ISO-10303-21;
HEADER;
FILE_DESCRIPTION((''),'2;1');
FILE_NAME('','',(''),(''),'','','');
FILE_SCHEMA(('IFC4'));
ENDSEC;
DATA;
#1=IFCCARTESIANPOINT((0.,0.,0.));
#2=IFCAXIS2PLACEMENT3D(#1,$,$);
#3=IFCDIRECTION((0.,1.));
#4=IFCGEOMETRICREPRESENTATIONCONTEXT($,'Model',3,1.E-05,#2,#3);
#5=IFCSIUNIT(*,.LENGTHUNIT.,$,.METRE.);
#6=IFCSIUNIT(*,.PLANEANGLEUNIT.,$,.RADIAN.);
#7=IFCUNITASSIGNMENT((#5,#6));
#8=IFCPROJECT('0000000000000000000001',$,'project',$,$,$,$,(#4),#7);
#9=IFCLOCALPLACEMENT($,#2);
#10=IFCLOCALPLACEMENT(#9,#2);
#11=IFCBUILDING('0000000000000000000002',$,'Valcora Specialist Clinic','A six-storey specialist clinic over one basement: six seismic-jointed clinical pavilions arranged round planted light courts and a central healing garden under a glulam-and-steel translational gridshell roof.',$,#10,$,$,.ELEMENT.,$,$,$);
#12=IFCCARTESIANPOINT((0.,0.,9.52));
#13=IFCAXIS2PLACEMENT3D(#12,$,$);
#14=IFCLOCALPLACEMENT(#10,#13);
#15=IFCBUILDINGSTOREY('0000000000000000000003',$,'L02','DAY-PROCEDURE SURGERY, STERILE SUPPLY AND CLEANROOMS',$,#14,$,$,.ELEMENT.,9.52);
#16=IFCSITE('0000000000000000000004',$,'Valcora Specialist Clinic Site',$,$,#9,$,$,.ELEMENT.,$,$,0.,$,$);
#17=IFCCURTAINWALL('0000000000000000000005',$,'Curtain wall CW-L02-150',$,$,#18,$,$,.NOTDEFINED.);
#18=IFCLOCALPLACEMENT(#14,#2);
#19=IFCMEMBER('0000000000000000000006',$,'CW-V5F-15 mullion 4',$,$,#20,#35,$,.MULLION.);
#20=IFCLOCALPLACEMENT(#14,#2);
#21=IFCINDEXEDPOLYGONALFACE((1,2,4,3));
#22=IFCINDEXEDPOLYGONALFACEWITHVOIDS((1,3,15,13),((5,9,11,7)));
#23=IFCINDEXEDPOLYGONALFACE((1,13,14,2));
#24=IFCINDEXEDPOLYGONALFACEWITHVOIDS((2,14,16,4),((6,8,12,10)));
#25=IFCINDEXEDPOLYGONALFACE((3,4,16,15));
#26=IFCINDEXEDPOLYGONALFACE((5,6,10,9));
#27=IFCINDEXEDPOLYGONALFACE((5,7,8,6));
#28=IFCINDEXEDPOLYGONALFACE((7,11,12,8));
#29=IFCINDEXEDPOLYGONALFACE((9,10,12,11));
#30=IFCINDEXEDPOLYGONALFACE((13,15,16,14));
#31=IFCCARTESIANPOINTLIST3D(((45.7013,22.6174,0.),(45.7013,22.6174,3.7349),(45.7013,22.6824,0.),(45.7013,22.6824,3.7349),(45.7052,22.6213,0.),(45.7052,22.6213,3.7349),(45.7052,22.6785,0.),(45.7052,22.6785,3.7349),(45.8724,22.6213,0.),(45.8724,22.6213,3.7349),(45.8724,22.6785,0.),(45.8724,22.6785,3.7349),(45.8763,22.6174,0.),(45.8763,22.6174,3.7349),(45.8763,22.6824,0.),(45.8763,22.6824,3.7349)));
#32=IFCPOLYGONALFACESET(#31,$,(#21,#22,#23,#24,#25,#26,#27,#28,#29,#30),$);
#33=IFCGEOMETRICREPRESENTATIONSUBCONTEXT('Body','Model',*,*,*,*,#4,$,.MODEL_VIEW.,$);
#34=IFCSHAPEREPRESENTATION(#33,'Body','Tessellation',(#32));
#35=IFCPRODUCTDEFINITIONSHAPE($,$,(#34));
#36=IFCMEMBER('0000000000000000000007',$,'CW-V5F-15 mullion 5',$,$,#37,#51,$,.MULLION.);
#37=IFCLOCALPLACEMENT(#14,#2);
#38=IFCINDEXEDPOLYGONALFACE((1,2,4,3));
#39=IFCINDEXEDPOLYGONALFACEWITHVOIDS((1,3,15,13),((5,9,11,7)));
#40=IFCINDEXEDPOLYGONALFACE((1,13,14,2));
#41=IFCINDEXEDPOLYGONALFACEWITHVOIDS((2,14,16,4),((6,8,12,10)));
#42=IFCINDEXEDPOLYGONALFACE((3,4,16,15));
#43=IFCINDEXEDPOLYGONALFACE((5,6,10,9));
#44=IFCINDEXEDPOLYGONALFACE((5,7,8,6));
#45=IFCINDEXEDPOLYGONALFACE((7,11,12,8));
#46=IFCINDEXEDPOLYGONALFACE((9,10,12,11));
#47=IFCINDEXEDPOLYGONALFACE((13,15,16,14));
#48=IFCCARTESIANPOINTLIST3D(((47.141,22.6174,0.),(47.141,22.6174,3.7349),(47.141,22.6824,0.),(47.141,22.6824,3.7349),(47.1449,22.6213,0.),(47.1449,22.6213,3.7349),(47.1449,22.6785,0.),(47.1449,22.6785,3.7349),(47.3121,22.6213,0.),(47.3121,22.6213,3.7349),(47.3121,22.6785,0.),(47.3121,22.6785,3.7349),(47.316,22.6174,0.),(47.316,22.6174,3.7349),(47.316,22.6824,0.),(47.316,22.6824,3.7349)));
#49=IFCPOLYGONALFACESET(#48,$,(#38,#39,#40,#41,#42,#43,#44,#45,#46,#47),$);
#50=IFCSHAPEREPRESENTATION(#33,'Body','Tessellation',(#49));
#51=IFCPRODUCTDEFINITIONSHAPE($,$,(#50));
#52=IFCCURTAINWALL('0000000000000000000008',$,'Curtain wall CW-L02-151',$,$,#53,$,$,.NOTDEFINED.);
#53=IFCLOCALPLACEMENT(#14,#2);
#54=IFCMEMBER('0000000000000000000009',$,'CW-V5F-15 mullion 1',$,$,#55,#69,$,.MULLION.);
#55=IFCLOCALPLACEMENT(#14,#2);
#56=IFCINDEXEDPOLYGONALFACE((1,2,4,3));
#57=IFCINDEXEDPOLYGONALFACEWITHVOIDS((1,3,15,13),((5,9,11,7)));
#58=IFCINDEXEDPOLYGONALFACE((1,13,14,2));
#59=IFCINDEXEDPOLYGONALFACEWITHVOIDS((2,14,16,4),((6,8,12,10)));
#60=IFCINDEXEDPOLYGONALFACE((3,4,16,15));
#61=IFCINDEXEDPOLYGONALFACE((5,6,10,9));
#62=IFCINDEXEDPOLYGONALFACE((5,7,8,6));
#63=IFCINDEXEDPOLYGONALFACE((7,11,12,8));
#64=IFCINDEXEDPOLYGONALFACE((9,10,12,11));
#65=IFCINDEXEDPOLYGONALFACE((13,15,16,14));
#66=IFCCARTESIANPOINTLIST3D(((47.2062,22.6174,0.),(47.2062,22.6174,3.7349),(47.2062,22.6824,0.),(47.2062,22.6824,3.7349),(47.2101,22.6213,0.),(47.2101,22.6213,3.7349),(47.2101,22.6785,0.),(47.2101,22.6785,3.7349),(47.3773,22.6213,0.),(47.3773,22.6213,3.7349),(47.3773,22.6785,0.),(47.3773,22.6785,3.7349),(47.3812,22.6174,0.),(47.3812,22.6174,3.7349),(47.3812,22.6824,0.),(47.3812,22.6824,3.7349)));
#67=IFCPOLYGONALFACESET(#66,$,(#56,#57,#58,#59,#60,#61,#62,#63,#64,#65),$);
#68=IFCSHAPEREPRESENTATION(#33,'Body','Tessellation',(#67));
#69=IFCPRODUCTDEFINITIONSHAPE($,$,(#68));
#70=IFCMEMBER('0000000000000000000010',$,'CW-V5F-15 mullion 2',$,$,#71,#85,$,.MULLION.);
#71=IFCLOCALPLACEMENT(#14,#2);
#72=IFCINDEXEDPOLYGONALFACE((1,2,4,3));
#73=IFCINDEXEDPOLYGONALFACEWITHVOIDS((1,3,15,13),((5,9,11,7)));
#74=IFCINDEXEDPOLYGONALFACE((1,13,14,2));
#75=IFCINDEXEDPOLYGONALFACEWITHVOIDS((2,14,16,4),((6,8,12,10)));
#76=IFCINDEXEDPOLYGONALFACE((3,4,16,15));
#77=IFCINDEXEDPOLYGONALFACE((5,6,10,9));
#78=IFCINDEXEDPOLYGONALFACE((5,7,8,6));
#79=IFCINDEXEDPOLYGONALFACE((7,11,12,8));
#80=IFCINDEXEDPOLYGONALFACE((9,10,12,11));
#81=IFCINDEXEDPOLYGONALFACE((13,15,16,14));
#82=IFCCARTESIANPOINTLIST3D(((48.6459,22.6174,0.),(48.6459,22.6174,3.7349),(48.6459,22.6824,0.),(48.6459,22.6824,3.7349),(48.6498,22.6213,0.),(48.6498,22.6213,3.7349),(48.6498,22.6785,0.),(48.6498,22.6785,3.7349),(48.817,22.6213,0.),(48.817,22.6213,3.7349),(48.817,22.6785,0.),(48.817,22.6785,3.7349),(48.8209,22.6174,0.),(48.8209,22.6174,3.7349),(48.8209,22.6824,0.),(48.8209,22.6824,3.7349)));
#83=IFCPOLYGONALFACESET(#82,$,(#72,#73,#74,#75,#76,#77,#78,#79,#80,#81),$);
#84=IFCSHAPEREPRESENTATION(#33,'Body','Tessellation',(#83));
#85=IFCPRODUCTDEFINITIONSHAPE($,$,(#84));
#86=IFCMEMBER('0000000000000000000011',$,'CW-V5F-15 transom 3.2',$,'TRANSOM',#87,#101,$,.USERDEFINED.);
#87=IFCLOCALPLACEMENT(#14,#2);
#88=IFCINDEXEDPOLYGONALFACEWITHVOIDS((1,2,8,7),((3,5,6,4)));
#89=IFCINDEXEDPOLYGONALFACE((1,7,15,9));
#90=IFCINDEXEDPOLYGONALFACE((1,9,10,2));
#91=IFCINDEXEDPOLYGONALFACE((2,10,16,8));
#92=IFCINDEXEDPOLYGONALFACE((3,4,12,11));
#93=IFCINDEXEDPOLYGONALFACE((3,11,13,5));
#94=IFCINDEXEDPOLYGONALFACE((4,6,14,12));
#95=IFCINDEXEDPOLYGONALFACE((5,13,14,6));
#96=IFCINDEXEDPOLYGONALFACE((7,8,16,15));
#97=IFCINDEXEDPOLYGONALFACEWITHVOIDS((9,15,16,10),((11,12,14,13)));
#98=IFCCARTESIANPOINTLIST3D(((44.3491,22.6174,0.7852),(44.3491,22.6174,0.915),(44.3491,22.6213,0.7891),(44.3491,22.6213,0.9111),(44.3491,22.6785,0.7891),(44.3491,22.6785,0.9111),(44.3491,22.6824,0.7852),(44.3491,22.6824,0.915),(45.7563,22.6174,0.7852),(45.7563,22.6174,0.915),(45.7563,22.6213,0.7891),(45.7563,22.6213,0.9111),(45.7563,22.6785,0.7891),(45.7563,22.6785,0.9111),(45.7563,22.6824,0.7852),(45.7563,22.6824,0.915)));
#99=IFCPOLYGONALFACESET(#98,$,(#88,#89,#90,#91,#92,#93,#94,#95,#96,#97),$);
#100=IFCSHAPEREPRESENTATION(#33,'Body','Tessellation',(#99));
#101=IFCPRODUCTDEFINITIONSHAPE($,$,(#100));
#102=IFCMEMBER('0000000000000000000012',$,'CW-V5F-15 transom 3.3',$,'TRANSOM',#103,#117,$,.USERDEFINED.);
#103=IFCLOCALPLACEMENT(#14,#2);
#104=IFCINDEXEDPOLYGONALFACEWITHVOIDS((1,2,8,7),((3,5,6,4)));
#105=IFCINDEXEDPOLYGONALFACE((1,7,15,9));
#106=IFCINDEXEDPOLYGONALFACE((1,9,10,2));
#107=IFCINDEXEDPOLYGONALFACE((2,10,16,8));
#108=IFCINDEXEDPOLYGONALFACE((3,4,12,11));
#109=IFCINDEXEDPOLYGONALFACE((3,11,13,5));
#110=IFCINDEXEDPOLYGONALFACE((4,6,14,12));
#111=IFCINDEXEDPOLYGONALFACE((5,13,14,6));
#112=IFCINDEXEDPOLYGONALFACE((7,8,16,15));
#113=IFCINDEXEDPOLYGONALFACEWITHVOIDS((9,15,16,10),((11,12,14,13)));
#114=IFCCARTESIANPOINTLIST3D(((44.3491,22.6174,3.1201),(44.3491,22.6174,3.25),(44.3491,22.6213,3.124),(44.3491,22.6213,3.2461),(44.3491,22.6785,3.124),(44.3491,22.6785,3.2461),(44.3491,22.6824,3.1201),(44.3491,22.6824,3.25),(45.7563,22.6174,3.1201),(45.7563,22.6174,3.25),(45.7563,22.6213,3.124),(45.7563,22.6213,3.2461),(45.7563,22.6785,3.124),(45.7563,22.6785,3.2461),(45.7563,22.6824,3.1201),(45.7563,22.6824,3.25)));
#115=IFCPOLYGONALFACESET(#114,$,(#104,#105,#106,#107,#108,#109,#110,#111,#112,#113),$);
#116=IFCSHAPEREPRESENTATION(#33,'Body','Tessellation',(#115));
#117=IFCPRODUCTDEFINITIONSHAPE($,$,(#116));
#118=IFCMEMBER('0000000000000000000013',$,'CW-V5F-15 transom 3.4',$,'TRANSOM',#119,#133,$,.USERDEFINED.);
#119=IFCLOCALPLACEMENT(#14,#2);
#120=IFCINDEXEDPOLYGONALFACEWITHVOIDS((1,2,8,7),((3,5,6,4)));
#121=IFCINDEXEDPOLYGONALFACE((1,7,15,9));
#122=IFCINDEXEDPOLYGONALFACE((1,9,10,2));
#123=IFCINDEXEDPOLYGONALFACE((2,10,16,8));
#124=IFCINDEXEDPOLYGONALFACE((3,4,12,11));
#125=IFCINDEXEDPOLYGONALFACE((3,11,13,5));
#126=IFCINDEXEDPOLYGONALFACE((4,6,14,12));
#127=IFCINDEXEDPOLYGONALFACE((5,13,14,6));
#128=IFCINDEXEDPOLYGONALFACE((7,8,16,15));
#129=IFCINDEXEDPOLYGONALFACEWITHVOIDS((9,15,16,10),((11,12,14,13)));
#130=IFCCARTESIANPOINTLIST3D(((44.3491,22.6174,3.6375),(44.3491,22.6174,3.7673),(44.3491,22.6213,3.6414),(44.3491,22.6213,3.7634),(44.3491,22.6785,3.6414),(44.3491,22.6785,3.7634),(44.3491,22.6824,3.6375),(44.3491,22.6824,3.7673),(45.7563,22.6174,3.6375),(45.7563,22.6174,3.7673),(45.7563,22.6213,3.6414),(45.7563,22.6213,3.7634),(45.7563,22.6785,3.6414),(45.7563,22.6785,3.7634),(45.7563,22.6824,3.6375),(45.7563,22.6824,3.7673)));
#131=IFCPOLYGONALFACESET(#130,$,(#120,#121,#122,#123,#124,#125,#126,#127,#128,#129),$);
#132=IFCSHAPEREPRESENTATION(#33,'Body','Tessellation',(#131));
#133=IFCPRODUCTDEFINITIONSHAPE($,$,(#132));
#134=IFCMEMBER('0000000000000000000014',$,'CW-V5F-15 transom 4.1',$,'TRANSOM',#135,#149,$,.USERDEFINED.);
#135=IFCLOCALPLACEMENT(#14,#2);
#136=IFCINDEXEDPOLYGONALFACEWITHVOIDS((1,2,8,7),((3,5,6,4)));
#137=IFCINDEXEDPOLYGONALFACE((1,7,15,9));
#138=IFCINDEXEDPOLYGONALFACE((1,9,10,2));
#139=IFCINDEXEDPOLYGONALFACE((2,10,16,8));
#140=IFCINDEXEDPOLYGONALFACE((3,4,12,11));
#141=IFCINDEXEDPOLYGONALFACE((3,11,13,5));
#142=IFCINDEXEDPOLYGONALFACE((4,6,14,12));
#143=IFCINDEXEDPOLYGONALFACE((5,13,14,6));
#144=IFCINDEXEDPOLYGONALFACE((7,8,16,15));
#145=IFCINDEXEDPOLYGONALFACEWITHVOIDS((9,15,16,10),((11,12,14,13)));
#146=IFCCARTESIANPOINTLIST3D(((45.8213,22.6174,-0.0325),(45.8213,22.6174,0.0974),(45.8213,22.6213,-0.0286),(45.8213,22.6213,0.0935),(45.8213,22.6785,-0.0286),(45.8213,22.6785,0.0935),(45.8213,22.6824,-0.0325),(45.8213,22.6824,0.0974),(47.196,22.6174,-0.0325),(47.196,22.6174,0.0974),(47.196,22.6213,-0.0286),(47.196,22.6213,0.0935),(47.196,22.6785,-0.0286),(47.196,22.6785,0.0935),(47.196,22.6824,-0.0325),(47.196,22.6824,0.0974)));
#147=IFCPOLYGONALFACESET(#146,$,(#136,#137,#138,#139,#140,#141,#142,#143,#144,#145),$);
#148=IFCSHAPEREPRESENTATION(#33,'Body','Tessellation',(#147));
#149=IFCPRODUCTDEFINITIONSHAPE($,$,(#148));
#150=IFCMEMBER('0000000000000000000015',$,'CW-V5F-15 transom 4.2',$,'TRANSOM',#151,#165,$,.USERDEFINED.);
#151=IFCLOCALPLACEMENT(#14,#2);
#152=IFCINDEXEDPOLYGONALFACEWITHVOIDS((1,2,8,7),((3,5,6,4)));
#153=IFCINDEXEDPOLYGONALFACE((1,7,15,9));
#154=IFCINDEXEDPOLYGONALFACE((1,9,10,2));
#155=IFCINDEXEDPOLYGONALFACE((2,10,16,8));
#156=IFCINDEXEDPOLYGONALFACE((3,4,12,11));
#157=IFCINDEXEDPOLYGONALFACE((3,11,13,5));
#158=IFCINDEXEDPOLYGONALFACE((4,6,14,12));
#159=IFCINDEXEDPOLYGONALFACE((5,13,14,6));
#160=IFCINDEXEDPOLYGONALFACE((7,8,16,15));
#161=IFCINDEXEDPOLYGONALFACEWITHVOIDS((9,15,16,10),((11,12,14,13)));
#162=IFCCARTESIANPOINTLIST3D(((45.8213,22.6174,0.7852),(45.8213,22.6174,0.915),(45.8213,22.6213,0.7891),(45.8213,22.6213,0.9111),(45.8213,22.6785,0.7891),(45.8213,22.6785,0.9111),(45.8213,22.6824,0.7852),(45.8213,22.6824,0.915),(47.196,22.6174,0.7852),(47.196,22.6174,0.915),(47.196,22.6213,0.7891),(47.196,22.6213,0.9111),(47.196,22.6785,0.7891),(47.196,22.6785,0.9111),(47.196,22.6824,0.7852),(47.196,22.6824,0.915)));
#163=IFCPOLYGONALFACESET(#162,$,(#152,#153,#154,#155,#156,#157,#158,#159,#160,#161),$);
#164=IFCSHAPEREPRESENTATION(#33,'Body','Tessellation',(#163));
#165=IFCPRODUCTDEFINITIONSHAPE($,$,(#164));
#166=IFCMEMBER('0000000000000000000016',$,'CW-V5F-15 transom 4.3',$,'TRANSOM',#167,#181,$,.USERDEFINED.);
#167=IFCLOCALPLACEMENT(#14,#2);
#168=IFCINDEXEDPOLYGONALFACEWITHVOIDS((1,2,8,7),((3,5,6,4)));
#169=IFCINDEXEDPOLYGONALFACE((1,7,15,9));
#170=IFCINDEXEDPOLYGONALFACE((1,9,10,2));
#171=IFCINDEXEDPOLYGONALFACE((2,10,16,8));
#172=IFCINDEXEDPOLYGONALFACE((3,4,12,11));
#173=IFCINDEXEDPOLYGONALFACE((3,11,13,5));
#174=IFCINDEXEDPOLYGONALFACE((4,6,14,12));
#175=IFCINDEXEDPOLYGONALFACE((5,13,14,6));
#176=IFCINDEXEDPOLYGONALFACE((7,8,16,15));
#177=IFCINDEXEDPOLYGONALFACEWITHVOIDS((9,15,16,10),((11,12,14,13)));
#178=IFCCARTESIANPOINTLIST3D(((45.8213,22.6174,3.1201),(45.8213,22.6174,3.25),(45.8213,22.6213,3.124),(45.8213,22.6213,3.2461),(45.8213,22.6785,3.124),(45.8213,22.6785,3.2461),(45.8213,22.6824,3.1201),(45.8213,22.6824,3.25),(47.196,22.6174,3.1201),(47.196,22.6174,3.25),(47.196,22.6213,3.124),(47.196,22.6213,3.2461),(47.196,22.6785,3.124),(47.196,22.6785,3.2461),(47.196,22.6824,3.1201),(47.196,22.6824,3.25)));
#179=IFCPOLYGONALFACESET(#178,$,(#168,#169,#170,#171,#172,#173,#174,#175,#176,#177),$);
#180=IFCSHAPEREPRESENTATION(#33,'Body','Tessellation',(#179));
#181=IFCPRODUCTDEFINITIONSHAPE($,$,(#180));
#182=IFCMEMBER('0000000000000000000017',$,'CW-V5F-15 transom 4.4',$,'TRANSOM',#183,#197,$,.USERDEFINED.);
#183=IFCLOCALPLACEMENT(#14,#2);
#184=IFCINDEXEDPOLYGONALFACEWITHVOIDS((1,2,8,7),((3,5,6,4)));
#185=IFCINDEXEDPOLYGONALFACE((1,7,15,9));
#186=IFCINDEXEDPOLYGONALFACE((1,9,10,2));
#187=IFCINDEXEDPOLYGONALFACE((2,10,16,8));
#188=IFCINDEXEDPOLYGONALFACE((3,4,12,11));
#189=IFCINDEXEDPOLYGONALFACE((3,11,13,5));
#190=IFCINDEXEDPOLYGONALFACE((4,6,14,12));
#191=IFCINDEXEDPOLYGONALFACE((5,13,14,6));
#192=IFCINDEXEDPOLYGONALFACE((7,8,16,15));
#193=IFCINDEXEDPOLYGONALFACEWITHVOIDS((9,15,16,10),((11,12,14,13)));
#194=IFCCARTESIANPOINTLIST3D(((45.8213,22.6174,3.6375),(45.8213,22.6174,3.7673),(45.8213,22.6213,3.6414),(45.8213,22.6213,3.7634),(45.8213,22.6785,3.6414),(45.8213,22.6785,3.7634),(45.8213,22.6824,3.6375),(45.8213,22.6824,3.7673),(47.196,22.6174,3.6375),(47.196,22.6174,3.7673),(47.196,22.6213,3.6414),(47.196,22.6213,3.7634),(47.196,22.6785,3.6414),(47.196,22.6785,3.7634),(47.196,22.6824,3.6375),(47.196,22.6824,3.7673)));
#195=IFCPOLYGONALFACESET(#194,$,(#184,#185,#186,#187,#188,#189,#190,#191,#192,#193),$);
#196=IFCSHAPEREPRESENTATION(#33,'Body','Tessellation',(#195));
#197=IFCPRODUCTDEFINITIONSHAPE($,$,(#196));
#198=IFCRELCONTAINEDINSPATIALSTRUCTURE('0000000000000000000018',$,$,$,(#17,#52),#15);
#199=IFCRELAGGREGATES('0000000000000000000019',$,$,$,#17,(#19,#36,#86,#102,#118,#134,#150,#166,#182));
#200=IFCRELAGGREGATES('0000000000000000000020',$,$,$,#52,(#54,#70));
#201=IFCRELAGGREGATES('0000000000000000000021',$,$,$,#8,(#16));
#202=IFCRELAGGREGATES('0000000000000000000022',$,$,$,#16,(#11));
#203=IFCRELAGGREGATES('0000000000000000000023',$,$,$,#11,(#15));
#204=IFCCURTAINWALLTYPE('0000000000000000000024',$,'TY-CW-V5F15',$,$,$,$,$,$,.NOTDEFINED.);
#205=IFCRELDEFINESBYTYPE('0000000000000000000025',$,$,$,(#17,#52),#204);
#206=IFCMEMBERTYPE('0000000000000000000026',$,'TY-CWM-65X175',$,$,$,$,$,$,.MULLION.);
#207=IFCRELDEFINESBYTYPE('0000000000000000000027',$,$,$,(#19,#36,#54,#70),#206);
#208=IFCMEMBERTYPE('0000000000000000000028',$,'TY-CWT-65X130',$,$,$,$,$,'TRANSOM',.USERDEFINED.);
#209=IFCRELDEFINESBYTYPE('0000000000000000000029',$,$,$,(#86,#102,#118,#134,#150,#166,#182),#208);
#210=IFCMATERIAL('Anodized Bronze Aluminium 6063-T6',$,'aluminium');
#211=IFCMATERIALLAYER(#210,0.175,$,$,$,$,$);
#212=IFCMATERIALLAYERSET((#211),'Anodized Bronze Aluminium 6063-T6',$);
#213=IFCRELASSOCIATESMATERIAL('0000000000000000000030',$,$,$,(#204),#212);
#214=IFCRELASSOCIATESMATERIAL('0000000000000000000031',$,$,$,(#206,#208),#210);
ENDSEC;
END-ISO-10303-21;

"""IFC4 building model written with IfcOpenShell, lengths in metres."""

from ifc_helpers import new_model, si_unit, direction, frame, origin, origin_2d, place, context, subcontext, project, spatial, hollow_rectangle, extrude, material, layer, layer_set, material_profile, profile_set, type_object, element, aggregate, save


model = new_model("IFC4")

# Units and contexts
model_context = context("Model", 3, precision=1e-05, world=origin(), true_north=direction((0.0, 1.0)))
body_context = subcontext(model_context, "Body", "Model", "MODEL_VIEW")
ifc_project = project(units=[si_unit("LENGTHUNIT", "METRE"), si_unit("PLANEANGLEUNIT", "RADIAN")], contexts=[model_context])

# Site, building, storey
site_placement = place(None, origin())
site = spatial("IfcSite", under=ifc_project, at=site_placement, Name="Valcora Specialist Clinic Site", CompositionType="ELEMENT", RefElevation=0.0)
building_placement = place(site_placement, origin())
building = spatial("IfcBuilding", under=site, at=building_placement, Name="Valcora Specialist Clinic", Description="A six-storey specialist clinic over one basement: six seismic-jointed clinical pavilions arranged round planted light courts and a central healing garden under a glulam-and-steel translational gridshell roof.", CompositionType="ELEMENT")
storey_placement = place(building_placement, frame((0.0, 0.0, 9.52)))
storey = spatial("IfcBuildingStorey", under=building, at=storey_placement, Name="L02", Description="DAY-PROCEDURE SURGERY, STERILE SUPPLY AND CLEANROOMS", CompositionType="ELEMENT", Elevation=9.52)

# Curtain walls, members
ifc_material_1 = material(Name="Anodized Bronze Aluminium 6063-T6", Category="aluminium")
ifc_layer_1 = layer(ifc_material_1, 0.175)
ifc_layer_set_1 = layer_set([ifc_layer_1], Name="Anodized Bronze Aluminium 6063-T6")
curtain_wall_type = type_object("IfcCurtainWallType", Name="TY-CW-V5F15", PredefinedType="NOTDEFINED", material=ifc_layer_set_1)
curtain_wall_1_placement = place(storey_placement, origin())
curtain_wall_1 = element("IfcCurtainWall", 1, at=curtain_wall_1_placement, inside=storey, type_object=curtain_wall_type, Name="Curtain wall CW-L02-150", PredefinedType="NOTDEFINED")
ifc_material_profile_1 = material_profile(ifc_material_1, hollow_rectangle(XDim=0.0649, YDim=0.175, WallThickness=0.0039, at=origin_2d()), Name="AL-MUL-65X175")
ifc_profile_set_1 = profile_set([ifc_material_profile_1], Name="Anodized Bronze Aluminium 6063-T6")
member_type_1 = type_object("IfcMemberType", Name="TY-CWM-65X175", PredefinedType="MULLION", material=ifc_profile_set_1)
member_1_placement = place(storey_placement, frame((45.7888, 22.6499, 0.0), z_axis=(0.0, 0.0, 1.0), x_axis=(0.0, 1.0, 0.0)))
member_1 = element("IfcMember", 2, at=member_1_placement, type_object=member_type_1, Name="CW-V5F-15 mullion 4", PredefinedType="MULLION", context=body_context, shape_type="SweptSolid", body=[
    extrude(hollow_rectangle(XDim=0.0649, YDim=0.175, WallThickness=0.0039, at=origin_2d()), origin(), (0.0, 0.0, 1.0), 3.7349),
])
member_2_placement = place(storey_placement, frame((47.2285, 22.6499, 0.0), z_axis=(0.0, 0.0, 1.0), x_axis=(0.0, 1.0, 0.0)))
member_2 = element("IfcMember", 3, at=member_2_placement, type_object=member_type_1, Name="CW-V5F-15 mullion 5", PredefinedType="MULLION", context=body_context, shape_type="SweptSolid", body=[
    extrude(hollow_rectangle(XDim=0.0649, YDim=0.175, WallThickness=0.0039, at=origin_2d()), origin(), (0.0, 0.0, 1.0), 3.7349),
])
curtain_wall_2_placement = place(storey_placement, origin())
curtain_wall_2 = element("IfcCurtainWall", 4, at=curtain_wall_2_placement, inside=storey, type_object=curtain_wall_type, Name="Curtain wall CW-L02-151", PredefinedType="NOTDEFINED")
member_3_placement = place(storey_placement, frame((47.2937, 22.6499, 0.0), z_axis=(0.0, 0.0, 1.0), x_axis=(0.0, 1.0, 0.0)))
member_3 = element("IfcMember", 5, at=member_3_placement, type_object=member_type_1, Name="CW-V5F-15 mullion 1", PredefinedType="MULLION", context=body_context, shape_type="SweptSolid", body=[
    extrude(hollow_rectangle(XDim=0.0649, YDim=0.175, WallThickness=0.0039, at=origin_2d()), origin(), (0.0, 0.0, 1.0), 3.7349),
])
member_4_placement = place(storey_placement, frame((48.7334, 22.6499, 0.0), z_axis=(0.0, 0.0, 1.0), x_axis=(0.0, 1.0, 0.0)))
member_4 = element("IfcMember", 6, at=member_4_placement, type_object=member_type_1, Name="CW-V5F-15 mullion 2", PredefinedType="MULLION", context=body_context, shape_type="SweptSolid", body=[
    extrude(hollow_rectangle(XDim=0.0649, YDim=0.175, WallThickness=0.0039, at=origin_2d()), origin(), (0.0, 0.0, 1.0), 3.7349),
])

# Members
ifc_material_profile_2 = material_profile(ifc_material_1, hollow_rectangle(XDim=0.0649, YDim=0.1299, WallThickness=0.0039, at=origin_2d()), Name="AL-TRN-65X130")
ifc_profile_set_2 = profile_set([ifc_material_profile_2], Name="Anodized Bronze Aluminium 6063-T6")
member_type_2 = type_object("IfcMemberType", Name="TY-CWT-65X130", ElementType="TRANSOM", PredefinedType="USERDEFINED", material=ifc_profile_set_2)
member_5_placement = place(storey_placement, frame((44.3491, 22.6499, 0.8501), z_axis=(1.0, 0.0, 0.0), x_axis=(0.0, 1.0, 0.0)))
member_5 = element("IfcMember", 7, at=member_5_placement, type_object=member_type_2, Name="CW-V5F-15 transom 3.2", ObjectType="TRANSOM", PredefinedType="USERDEFINED", context=body_context, shape_type="SweptSolid", body=[
    extrude(hollow_rectangle(XDim=0.0649, YDim=0.1299, WallThickness=0.0039, at=origin_2d()), origin(), (0.0, 0.0, 1.0), 1.4072),
])
member_6_placement = place(storey_placement, frame((44.3491, 22.6499, 3.1851), z_axis=(1.0, 0.0, 0.0), x_axis=(0.0, 1.0, 0.0)))
member_6 = element("IfcMember", 8, at=member_6_placement, type_object=member_type_2, Name="CW-V5F-15 transom 3.3", ObjectType="TRANSOM", PredefinedType="USERDEFINED", context=body_context, shape_type="SweptSolid", body=[
    extrude(hollow_rectangle(XDim=0.0649, YDim=0.1299, WallThickness=0.0039, at=origin_2d()), origin(), (0.0, 0.0, 1.0), 1.4072),
])
member_7_placement = place(storey_placement, frame((44.3491, 22.6499, 3.7024), z_axis=(1.0, 0.0, 0.0), x_axis=(0.0, 1.0, 0.0)))
member_7 = element("IfcMember", 9, at=member_7_placement, type_object=member_type_2, Name="CW-V5F-15 transom 3.4", ObjectType="TRANSOM", PredefinedType="USERDEFINED", context=body_context, shape_type="SweptSolid", body=[
    extrude(hollow_rectangle(XDim=0.0649, YDim=0.1299, WallThickness=0.0039, at=origin_2d()), origin(), (0.0, 0.0, 1.0), 1.4072),
])
member_8_placement = place(storey_placement, frame((45.8213, 22.6499, 0.0325), z_axis=(1.0, 0.0, 0.0), x_axis=(0.0, 1.0, 0.0)))
member_8 = element("IfcMember", 10, at=member_8_placement, type_object=member_type_2, Name="CW-V5F-15 transom 4.1", ObjectType="TRANSOM", PredefinedType="USERDEFINED", context=body_context, shape_type="SweptSolid", body=[
    extrude(hollow_rectangle(XDim=0.0649, YDim=0.1299, WallThickness=0.0039, at=origin_2d()), origin(), (0.0, 0.0, 1.0), 1.3748),
])
member_9_placement = place(storey_placement, frame((45.8213, 22.6499, 0.8501), z_axis=(1.0, 0.0, 0.0), x_axis=(0.0, 1.0, 0.0)))
member_9 = element("IfcMember", 11, at=member_9_placement, type_object=member_type_2, Name="CW-V5F-15 transom 4.2", ObjectType="TRANSOM", PredefinedType="USERDEFINED", context=body_context, shape_type="SweptSolid", body=[
    extrude(hollow_rectangle(XDim=0.0649, YDim=0.1299, WallThickness=0.0039, at=origin_2d()), origin(), (0.0, 0.0, 1.0), 1.3748),
])
member_10_placement = place(storey_placement, frame((45.8213, 22.6499, 3.1851), z_axis=(1.0, 0.0, 0.0), x_axis=(0.0, 1.0, 0.0)))
member_10 = element("IfcMember", 12, at=member_10_placement, type_object=member_type_2, Name="CW-V5F-15 transom 4.3", ObjectType="TRANSOM", PredefinedType="USERDEFINED", context=body_context, shape_type="SweptSolid", body=[
    extrude(hollow_rectangle(XDim=0.0649, YDim=0.1299, WallThickness=0.0039, at=origin_2d()), origin(), (0.0, 0.0, 1.0), 1.3748),
])
member_11_placement = place(storey_placement, frame((45.8213, 22.6499, 3.7024), z_axis=(1.0, 0.0, 0.0), x_axis=(0.0, 1.0, 0.0)))
member_11 = element("IfcMember", 13, at=member_11_placement, type_object=member_type_2, Name="CW-V5F-15 transom 4.4", ObjectType="TRANSOM", PredefinedType="USERDEFINED", context=body_context, shape_type="SweptSolid", body=[
    extrude(hollow_rectangle(XDim=0.0649, YDim=0.1299, WallThickness=0.0039, at=origin_2d()), origin(), (0.0, 0.0, 1.0), 1.3748),
])

aggregate(curtain_wall_1, [member_1, member_2, member_5, member_6, member_7, member_8, member_9, member_10, member_11])
aggregate(curtain_wall_2, [member_3, member_4])

save(model, "model.ifc")
